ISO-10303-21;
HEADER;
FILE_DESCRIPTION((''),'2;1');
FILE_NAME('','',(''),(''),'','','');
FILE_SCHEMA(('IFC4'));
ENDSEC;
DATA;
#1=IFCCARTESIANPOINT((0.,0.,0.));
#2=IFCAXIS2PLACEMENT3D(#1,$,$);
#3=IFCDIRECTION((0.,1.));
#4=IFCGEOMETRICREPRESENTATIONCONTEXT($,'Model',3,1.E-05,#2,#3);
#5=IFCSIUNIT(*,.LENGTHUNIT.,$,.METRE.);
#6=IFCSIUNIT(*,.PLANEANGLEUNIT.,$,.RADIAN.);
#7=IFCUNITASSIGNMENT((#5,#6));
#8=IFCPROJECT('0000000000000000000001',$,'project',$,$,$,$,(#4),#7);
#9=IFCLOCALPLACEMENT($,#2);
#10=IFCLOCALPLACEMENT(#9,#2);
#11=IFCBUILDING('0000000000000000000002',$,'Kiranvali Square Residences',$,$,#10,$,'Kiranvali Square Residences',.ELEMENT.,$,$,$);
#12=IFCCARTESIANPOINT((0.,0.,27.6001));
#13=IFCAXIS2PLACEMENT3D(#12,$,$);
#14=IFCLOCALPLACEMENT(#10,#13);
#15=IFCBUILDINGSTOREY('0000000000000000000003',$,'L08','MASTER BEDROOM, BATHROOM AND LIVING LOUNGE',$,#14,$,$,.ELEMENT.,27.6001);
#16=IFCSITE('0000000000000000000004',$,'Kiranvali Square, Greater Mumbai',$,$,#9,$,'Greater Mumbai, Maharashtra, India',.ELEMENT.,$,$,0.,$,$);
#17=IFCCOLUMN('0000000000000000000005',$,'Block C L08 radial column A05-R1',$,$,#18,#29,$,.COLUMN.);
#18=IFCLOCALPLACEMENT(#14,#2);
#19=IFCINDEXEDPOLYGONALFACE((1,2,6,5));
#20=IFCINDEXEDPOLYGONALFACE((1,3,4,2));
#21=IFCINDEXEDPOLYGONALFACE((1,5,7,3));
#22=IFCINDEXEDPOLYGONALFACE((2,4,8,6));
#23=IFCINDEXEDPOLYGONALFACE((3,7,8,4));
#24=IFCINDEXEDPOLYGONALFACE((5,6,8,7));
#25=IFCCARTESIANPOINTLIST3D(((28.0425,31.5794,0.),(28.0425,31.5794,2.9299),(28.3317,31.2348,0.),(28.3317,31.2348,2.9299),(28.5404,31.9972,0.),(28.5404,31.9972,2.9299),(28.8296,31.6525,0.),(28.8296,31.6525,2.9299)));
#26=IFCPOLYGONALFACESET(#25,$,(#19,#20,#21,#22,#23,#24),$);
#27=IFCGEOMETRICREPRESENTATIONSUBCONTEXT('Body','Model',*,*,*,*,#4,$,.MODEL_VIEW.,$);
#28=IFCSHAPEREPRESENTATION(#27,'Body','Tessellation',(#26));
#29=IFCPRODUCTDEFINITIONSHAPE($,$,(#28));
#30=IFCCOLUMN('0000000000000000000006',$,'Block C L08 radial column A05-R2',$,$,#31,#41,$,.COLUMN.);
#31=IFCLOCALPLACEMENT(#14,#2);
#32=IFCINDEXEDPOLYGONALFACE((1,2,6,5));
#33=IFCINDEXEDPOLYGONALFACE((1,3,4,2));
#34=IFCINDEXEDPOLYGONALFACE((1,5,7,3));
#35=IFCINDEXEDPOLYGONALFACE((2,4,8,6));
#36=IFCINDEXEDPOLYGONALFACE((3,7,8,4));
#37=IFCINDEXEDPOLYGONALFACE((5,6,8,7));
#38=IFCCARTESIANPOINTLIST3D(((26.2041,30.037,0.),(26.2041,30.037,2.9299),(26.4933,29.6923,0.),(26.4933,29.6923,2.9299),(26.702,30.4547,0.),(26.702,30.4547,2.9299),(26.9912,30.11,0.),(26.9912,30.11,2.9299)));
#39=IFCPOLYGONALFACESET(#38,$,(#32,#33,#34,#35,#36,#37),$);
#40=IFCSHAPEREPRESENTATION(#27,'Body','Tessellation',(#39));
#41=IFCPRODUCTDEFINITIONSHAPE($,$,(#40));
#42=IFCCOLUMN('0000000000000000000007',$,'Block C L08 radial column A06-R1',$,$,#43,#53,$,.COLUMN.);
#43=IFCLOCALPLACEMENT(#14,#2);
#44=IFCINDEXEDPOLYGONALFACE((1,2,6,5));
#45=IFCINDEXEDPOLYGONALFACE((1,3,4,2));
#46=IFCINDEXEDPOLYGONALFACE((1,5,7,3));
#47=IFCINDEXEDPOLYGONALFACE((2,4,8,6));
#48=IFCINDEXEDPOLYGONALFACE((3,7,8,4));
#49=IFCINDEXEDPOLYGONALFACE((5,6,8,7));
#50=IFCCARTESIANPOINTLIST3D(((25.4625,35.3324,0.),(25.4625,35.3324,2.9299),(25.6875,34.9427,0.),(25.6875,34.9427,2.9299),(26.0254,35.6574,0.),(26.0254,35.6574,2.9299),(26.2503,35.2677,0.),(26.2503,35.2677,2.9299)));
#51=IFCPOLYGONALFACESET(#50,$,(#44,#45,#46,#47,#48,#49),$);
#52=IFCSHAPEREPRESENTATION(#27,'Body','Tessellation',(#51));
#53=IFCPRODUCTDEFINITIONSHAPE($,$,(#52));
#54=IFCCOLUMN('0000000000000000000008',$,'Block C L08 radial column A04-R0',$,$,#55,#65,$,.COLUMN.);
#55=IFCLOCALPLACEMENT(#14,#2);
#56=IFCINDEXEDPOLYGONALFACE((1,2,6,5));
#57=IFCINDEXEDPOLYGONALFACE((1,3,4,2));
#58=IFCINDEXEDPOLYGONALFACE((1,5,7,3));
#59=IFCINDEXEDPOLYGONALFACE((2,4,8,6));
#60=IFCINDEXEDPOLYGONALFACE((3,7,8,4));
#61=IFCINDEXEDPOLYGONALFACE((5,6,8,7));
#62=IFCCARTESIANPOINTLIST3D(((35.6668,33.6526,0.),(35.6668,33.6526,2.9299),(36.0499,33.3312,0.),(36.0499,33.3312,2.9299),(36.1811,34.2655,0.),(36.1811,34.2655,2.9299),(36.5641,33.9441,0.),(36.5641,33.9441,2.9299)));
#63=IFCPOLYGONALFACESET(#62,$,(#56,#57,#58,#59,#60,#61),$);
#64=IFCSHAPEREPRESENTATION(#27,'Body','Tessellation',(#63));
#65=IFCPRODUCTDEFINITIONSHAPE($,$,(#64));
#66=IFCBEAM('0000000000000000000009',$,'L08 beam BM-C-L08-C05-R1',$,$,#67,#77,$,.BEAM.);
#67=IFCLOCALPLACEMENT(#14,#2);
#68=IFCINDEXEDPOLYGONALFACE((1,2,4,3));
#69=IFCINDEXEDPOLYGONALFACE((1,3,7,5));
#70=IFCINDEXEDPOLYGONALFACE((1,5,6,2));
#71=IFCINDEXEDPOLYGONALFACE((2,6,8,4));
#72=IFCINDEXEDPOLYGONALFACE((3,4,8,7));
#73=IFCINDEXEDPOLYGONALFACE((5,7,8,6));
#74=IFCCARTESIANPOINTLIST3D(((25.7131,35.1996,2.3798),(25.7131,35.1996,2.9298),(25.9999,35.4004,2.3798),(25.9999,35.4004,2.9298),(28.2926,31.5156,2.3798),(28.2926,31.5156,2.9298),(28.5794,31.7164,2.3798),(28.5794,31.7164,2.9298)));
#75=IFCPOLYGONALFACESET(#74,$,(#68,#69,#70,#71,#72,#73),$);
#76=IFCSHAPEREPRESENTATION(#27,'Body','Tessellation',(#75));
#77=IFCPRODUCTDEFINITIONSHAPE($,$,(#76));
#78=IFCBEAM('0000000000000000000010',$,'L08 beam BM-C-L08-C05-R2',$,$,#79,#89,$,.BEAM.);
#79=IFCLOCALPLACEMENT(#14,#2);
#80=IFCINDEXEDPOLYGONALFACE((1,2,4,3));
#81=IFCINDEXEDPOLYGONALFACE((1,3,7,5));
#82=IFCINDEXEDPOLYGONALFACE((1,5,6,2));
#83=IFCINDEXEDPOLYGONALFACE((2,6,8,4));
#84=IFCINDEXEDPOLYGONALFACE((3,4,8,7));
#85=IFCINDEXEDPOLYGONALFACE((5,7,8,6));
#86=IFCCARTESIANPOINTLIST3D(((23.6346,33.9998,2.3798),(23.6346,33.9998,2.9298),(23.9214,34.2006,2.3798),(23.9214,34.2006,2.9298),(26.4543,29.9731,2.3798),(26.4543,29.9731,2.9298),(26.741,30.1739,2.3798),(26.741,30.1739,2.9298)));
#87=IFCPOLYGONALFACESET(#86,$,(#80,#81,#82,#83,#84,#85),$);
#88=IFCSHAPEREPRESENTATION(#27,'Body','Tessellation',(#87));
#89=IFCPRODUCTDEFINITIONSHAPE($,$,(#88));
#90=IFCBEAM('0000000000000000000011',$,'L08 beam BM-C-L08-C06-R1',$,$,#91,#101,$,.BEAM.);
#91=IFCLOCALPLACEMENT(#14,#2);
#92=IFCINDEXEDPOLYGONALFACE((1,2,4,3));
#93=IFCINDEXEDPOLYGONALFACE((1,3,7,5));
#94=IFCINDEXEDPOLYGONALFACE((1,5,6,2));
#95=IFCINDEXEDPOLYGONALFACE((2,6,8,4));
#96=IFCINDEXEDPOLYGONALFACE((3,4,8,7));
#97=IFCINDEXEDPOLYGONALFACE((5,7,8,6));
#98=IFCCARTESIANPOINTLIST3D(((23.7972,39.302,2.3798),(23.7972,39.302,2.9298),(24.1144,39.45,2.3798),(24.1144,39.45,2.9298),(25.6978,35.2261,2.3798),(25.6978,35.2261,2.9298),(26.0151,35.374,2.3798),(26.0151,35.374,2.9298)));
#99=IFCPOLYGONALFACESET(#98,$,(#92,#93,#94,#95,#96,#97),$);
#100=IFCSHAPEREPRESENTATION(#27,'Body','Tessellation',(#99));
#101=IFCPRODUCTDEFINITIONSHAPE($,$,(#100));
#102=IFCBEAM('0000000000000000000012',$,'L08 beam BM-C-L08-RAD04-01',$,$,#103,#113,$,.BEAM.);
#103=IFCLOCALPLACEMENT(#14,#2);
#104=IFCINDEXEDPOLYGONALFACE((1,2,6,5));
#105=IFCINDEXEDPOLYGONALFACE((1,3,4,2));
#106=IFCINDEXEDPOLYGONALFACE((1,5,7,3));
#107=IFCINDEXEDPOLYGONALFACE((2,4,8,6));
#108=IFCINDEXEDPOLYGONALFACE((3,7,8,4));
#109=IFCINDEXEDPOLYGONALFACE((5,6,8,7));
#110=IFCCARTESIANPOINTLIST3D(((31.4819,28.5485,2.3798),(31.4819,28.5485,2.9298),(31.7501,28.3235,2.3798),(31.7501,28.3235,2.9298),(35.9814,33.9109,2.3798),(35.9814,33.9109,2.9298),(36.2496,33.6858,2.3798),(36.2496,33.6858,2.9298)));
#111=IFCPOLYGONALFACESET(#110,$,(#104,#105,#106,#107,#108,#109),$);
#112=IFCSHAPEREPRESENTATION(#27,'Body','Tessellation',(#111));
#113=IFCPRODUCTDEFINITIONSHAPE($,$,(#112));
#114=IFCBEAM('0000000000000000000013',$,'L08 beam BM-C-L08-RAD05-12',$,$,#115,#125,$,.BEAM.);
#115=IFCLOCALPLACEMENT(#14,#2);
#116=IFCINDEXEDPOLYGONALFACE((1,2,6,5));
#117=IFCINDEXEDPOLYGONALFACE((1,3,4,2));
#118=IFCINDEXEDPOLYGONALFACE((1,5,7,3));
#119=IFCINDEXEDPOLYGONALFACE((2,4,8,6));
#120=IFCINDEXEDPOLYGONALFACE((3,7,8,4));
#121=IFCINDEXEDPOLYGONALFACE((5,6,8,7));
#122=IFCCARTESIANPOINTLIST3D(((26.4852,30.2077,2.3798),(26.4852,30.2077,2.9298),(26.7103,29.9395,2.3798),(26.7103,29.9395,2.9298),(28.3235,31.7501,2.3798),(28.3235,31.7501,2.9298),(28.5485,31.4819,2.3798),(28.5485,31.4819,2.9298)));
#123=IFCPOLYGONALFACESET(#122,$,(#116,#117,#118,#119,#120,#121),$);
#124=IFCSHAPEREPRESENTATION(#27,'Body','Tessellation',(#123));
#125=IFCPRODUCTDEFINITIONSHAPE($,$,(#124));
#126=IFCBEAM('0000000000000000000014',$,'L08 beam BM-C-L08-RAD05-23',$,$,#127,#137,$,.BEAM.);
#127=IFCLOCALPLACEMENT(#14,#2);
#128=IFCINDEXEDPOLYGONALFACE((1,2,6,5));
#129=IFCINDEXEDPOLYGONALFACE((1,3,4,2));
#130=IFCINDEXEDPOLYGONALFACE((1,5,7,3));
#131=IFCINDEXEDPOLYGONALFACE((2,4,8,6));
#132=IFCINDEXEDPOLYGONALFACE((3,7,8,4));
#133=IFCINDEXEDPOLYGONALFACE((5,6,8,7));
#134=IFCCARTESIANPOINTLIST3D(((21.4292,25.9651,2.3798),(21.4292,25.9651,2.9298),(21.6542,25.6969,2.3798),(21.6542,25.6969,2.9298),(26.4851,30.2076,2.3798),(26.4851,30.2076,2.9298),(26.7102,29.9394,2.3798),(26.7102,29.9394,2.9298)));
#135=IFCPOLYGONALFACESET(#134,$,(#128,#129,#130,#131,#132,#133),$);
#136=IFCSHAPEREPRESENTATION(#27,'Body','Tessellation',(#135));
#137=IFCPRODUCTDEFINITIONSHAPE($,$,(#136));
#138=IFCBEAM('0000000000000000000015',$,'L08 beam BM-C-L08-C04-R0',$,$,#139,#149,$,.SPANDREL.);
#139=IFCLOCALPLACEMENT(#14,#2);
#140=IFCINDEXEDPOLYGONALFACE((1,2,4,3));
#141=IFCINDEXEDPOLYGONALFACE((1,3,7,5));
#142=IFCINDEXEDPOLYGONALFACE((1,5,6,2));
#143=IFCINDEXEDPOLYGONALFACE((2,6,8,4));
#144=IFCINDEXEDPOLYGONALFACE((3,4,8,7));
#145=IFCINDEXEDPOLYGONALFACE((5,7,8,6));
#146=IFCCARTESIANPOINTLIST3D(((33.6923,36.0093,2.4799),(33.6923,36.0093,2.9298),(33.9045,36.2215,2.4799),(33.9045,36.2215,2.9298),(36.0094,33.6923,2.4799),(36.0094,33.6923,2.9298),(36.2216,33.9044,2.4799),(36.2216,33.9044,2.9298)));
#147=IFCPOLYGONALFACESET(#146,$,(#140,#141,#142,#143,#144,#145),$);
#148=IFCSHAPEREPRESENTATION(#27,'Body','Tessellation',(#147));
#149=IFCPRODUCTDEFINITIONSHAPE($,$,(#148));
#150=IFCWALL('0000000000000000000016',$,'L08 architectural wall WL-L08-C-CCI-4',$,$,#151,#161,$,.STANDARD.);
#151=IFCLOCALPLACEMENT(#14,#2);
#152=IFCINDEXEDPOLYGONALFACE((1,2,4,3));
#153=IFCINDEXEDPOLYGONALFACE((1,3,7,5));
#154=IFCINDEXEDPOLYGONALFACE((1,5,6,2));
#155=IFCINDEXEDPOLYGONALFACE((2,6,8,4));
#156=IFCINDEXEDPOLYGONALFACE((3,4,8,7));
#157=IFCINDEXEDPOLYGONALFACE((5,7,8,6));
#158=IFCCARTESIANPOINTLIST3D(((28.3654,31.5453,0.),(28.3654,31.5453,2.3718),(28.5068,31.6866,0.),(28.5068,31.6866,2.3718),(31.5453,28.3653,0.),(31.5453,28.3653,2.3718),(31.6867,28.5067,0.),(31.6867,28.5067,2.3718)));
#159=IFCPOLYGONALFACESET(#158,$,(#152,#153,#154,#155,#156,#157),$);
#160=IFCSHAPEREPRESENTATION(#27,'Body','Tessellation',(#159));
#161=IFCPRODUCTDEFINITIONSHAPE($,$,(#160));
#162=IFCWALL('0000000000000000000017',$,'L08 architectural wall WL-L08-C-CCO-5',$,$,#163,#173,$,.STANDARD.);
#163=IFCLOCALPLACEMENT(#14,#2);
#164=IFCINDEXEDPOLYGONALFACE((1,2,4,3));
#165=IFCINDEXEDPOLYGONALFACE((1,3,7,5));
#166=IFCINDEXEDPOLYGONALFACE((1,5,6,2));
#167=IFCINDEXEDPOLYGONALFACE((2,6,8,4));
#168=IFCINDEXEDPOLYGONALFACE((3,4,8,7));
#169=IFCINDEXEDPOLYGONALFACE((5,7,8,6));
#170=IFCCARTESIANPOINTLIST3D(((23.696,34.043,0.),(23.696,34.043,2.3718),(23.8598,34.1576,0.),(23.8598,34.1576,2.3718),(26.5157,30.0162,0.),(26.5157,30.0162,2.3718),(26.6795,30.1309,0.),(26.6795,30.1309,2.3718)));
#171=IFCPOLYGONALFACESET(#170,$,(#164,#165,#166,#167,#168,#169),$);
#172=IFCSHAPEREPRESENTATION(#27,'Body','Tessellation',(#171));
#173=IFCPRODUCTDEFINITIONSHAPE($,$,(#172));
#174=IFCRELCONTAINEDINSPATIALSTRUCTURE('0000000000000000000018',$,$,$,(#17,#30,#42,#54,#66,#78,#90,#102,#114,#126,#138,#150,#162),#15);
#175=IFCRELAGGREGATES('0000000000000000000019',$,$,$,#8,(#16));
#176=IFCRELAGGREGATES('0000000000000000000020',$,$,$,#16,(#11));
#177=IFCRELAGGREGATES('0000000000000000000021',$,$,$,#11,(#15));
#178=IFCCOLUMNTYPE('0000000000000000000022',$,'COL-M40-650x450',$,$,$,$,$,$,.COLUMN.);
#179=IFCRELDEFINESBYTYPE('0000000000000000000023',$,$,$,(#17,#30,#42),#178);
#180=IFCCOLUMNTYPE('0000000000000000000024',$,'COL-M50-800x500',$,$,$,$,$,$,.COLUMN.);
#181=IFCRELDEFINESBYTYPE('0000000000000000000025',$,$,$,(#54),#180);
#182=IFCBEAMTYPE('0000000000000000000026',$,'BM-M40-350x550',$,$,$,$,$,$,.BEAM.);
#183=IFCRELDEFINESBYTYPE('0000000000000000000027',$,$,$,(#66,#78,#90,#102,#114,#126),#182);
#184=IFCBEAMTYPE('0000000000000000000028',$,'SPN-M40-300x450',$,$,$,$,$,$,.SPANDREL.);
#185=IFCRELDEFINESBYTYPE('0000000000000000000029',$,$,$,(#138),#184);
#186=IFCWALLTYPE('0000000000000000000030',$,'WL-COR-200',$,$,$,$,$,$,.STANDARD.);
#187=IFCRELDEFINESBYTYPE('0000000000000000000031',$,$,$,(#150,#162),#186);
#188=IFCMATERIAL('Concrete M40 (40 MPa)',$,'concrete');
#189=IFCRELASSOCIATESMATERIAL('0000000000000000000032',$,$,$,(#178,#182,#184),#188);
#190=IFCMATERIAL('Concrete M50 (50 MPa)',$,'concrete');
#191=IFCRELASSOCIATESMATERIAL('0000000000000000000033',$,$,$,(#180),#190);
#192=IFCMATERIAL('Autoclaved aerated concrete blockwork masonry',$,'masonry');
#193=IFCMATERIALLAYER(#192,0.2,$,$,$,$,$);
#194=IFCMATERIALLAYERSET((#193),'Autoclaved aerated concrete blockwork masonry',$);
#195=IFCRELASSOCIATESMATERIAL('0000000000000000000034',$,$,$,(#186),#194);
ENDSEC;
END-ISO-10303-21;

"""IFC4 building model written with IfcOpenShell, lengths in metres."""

from ifc_helpers import new_model, si_unit, direction, frame, frame_2d, origin, origin_2d, place, context, subcontext, project, spatial, rectangle, extrude, material, layer, layer_set, material_profile, profile_set, type_object, element, save


model = new_model("IFC4")

# Units and contexts
model_context = context("Model", 3, precision=1e-05, world=origin(), true_north=direction((0.0, 1.0)))
body_context = subcontext(model_context, "Body", "Model", "MODEL_VIEW")
ifc_project = project(units=[si_unit("LENGTHUNIT", "METRE"), si_unit("PLANEANGLEUNIT", "RADIAN")], contexts=[model_context])

# Site, building, storey
site_placement = place(None, origin())
site = spatial("IfcSite", under=ifc_project, at=site_placement, Name="Kiranvali Square, Greater Mumbai", LongName="Greater Mumbai, Maharashtra, India", CompositionType="ELEMENT", RefElevation=0.0)
building_placement = place(site_placement, origin())
building = spatial("IfcBuilding", under=site, at=building_placement, Name="Kiranvali Square Residences", LongName="Kiranvali Square Residences", CompositionType="ELEMENT")
storey_placement = place(building_placement, frame((0.0, 0.0, 27.6001)))
storey = spatial("IfcBuildingStorey", under=building, at=storey_placement, Name="L08", Description="MASTER BEDROOM, BATHROOM AND LIVING LOUNGE", CompositionType="ELEMENT", Elevation=27.6001)

# Columns
ifc_material_1 = material(Name="Concrete M40 (40 MPa)", Category="concrete")
ifc_material_profile_1 = material_profile(ifc_material_1, rectangle(XDim=0.45, YDim=0.6499, at=origin_2d()), Name="RC 650x450")
ifc_profile_set_1 = profile_set([ifc_material_profile_1], Name="Concrete M40 (40 MPa)")
column_type_1 = type_object("IfcColumnType", Name="COL-M40-650x450", PredefinedType="COLUMN", material=ifc_profile_set_1)
for number, where, z_axis, x_axis, name in (
    (1, (28.436, 31.616, 0.0), (0.0, 0.0, 1.0), (-0.642788, 0.766044, 0.0), "Block C L08 radial column A05-R1"),
    (2, (26.5977, 30.0735, 0.0), (0.0, 0.0, 1.0), (-0.642788, 0.766044, 0.0), "Block C L08 radial column A05-R2"),
    (3, (25.8564, 35.3, 0.0), (0.0, 0.0, 1.0), (-0.5, 0.866025, 0.0), "Block C L08 radial column A06-R1"),
):
    element("IfcColumn", number, at=place(storey_placement, frame(where, z_axis=z_axis, x_axis=x_axis)), inside=storey, type_object=column_type_1, Name=name, PredefinedType="COLUMN", context=body_context, shape_type="SweptSolid", body=[
        extrude(rectangle(XDim=0.45, YDim=0.6499, at=origin_2d()), origin(), (0.0, 0.0, 1.0), 2.9299),
    ])
ifc_material_2 = material(Name="Concrete M50 (50 MPa)", Category="concrete")
ifc_material_profile_2 = material_profile(ifc_material_2, rectangle(XDim=0.5, YDim=0.8, at=origin_2d()), Name="RC 800x500")
ifc_profile_set_2 = profile_set([ifc_material_profile_2], Name="Concrete M50 (50 MPa)")
column_type_2 = type_object("IfcColumnType", Name="COL-M50-800x500", PredefinedType="COLUMN", material=ifc_profile_set_2)
column_placement = place(storey_placement, frame((36.1155, 33.7983, 0.0), z_axis=(0.0, 0.0, 1.0), x_axis=(-0.766044, 0.642788, 0.0)))
element("IfcColumn", 4, at=column_placement, inside=storey, type_object=column_type_2, Name="Block C L08 radial column A04-R0", PredefinedType="COLUMN", context=body_context, shape_type="SweptSolid", body=[
    extrude(rectangle(XDim=0.5, YDim=0.8, at=origin_2d()), origin(), (0.0, 0.0, 1.0), 2.9299),
])

# Beams
ifc_material_profile_3 = material_profile(ifc_material_1, rectangle(XDim=0.3501, YDim=0.55, at=origin_2d()), Name="RC 350x550")
ifc_profile_set_3 = profile_set([ifc_material_profile_3], Name="Concrete M40 (40 MPa)")
beam_type_1 = type_object("IfcBeamType", Name="BM-M40-350x550", PredefinedType="BEAM", material=ifc_profile_set_3)
beam_1_placement = place(storey_placement, frame((28.436, 31.616, 2.6548), z_axis=(-0.573572, 0.819155, 0.0), x_axis=(-0.819155, -0.573572, 0.0)))
element("IfcBeam", 5, at=beam_1_placement, inside=storey, type_object=beam_type_1, Name="L08 beam BM-C-L08-C05-R1", PredefinedType="BEAM", context=body_context, shape_type="SweptSolid", body=[
    extrude(rectangle(XDim=0.3501, YDim=0.55, at=origin_2d()), origin(), (0.0, 0.0, 1.0), 4.4973),
])
beam_2_placement = place(storey_placement, frame((26.5977, 30.0735, 2.6548), z_axis=(-0.573592, 0.819141, 0.0), x_axis=(-0.819141, -0.573592, 0.0)))
element("IfcBeam", 6, at=beam_2_placement, inside=storey, type_object=beam_type_1, Name="L08 beam BM-C-L08-C05-R2", PredefinedType="BEAM", context=body_context, shape_type="SweptSolid", body=[
    extrude(rectangle(XDim=0.3501, YDim=0.55, at=origin_2d()), origin(), (0.0, 0.0, 1.0), 4.9158),
])
beam_3_placement = place(storey_placement, frame((25.8564, 35.3, 2.6548), z_axis=(-0.422618, 0.906308, 0.0), x_axis=(-0.906308, -0.422618, 0.0)))
element("IfcBeam", 7, at=beam_3_placement, inside=storey, type_object=beam_type_1, Name="L08 beam BM-C-L08-C06-R1", PredefinedType="BEAM", context=body_context, shape_type="SweptSolid", body=[
    extrude(rectangle(XDim=0.3501, YDim=0.55, at=origin_2d()), origin(), (0.0, 0.0, 1.0), 4.4973),
])
beam_4_placement = place(storey_placement, frame((36.1155, 33.7983, 2.6548), z_axis=(-0.642788, -0.766044, 0.0), x_axis=(0.766044, -0.642788, 0.0)))
element("IfcBeam", 8, at=beam_4_placement, inside=storey, type_object=beam_type_1, Name="L08 beam BM-C-L08-RAD04-01", PredefinedType="BEAM", context=body_context, shape_type="SweptSolid", body=[
    extrude(rectangle(XDim=0.3501, YDim=0.55, at=origin_2d()), origin(), (0.0, 0.0, 1.0), 7.0),
])
beam_5_placement = place(storey_placement, frame((28.436, 31.616, 2.6548), z_axis=(-0.766065, -0.642763, 0.0), x_axis=(0.642763, -0.766065, 0.0)))
element("IfcBeam", 9, at=beam_5_placement, inside=storey, type_object=beam_type_1, Name="L08 beam BM-C-L08-RAD05-12", PredefinedType="BEAM", context=body_context, shape_type="SweptSolid", body=[
    extrude(rectangle(XDim=0.3501, YDim=0.55, at=origin_2d()), origin(), (0.0, 0.0, 1.0), 2.3997),
])
beam_6_placement = place(storey_placement, frame((26.5977, 30.0735, 2.6548), z_axis=(-0.766043, -0.642789, 0.0), x_axis=(0.642789, -0.766043, 0.0)))
element("IfcBeam", 10, at=beam_6_placement, inside=storey, type_object=beam_type_1, Name="L08 beam BM-C-L08-RAD05-23", PredefinedType="BEAM", context=body_context, shape_type="SweptSolid", body=[
    extrude(rectangle(XDim=0.3501, YDim=0.55, at=origin_2d()), origin(), (0.0, 0.0, 1.0), 6.6001),
])
ifc_material_profile_4 = material_profile(ifc_material_1, rectangle(XDim=0.3, YDim=0.45, at=origin_2d()), Name="RC 300x450")
ifc_profile_set_4 = profile_set([ifc_material_profile_4], Name="Concrete M40 (40 MPa)")
beam_type_2 = type_object("IfcBeamType", Name="SPN-M40-300x450", PredefinedType="SPANDREL", material=ifc_profile_set_4)
beam_7_placement = place(storey_placement, frame((36.1155, 33.7983, 2.7048), z_axis=(-0.707107, 0.707107, 0.0), x_axis=(-0.707107, -0.707107, 0.0)))
element("IfcBeam", 11, at=beam_7_placement, inside=storey, type_object=beam_type_2, Name="L08 beam BM-C-L08-C04-R0", PredefinedType="SPANDREL", context=body_context, shape_type="SweptSolid", body=[
    extrude(rectangle(XDim=0.3, YDim=0.45, at=origin_2d()), origin(), (0.0, 0.0, 1.0), 3.2769),
])

# Wall
ifc_material_3 = material(Name="Autoclaved aerated concrete blockwork masonry", Category="masonry")
ifc_layer_1 = layer(ifc_material_3, 0.2)
ifc_layer_set_1 = layer_set([ifc_layer_1], Name="Autoclaved aerated concrete blockwork masonry")
wall_type_1 = type_object("IfcWallType", Name="WL-COR-200", PredefinedType="STANDARD", material=ifc_layer_set_1)
wall_1_placement = place(storey_placement, frame((31.616, 28.436, 0.0), z_axis=(0.0, 0.0, 1.0), x_axis=(-0.707107, 0.707107, 0.0)))
element("IfcWall", 12, at=wall_1_placement, inside=storey, type_object=wall_type_1, Name="L08 architectural wall WL-L08-C-CCI-4", PredefinedType="STANDARD", context=body_context, shape_type="SweptSolid", body=[
    extrude(rectangle(XDim=4.4971, YDim=0.2, at=frame_2d((2.2485, 0.0))), origin(), (0.0, 0.0, 1.0), 2.3718),
])

# Wall
wall_2_placement = place(storey_placement, frame((26.5977, 30.0735, 0.0), z_axis=(0.0, 0.0, 1.0), x_axis=(-0.573592, 0.819141, 0.0)))
element("IfcWall", 13, at=wall_2_placement, inside=storey, type_object=wall_type_1, Name="L08 architectural wall WL-L08-C-CCO-5", PredefinedType="STANDARD", context=body_context, shape_type="SweptSolid", body=[
    extrude(rectangle(XDim=4.9158, YDim=0.2, at=frame_2d((2.458, 0.0))), origin(), (0.0, 0.0, 1.0), 2.3718),
])

save(model, "model.ifc")
